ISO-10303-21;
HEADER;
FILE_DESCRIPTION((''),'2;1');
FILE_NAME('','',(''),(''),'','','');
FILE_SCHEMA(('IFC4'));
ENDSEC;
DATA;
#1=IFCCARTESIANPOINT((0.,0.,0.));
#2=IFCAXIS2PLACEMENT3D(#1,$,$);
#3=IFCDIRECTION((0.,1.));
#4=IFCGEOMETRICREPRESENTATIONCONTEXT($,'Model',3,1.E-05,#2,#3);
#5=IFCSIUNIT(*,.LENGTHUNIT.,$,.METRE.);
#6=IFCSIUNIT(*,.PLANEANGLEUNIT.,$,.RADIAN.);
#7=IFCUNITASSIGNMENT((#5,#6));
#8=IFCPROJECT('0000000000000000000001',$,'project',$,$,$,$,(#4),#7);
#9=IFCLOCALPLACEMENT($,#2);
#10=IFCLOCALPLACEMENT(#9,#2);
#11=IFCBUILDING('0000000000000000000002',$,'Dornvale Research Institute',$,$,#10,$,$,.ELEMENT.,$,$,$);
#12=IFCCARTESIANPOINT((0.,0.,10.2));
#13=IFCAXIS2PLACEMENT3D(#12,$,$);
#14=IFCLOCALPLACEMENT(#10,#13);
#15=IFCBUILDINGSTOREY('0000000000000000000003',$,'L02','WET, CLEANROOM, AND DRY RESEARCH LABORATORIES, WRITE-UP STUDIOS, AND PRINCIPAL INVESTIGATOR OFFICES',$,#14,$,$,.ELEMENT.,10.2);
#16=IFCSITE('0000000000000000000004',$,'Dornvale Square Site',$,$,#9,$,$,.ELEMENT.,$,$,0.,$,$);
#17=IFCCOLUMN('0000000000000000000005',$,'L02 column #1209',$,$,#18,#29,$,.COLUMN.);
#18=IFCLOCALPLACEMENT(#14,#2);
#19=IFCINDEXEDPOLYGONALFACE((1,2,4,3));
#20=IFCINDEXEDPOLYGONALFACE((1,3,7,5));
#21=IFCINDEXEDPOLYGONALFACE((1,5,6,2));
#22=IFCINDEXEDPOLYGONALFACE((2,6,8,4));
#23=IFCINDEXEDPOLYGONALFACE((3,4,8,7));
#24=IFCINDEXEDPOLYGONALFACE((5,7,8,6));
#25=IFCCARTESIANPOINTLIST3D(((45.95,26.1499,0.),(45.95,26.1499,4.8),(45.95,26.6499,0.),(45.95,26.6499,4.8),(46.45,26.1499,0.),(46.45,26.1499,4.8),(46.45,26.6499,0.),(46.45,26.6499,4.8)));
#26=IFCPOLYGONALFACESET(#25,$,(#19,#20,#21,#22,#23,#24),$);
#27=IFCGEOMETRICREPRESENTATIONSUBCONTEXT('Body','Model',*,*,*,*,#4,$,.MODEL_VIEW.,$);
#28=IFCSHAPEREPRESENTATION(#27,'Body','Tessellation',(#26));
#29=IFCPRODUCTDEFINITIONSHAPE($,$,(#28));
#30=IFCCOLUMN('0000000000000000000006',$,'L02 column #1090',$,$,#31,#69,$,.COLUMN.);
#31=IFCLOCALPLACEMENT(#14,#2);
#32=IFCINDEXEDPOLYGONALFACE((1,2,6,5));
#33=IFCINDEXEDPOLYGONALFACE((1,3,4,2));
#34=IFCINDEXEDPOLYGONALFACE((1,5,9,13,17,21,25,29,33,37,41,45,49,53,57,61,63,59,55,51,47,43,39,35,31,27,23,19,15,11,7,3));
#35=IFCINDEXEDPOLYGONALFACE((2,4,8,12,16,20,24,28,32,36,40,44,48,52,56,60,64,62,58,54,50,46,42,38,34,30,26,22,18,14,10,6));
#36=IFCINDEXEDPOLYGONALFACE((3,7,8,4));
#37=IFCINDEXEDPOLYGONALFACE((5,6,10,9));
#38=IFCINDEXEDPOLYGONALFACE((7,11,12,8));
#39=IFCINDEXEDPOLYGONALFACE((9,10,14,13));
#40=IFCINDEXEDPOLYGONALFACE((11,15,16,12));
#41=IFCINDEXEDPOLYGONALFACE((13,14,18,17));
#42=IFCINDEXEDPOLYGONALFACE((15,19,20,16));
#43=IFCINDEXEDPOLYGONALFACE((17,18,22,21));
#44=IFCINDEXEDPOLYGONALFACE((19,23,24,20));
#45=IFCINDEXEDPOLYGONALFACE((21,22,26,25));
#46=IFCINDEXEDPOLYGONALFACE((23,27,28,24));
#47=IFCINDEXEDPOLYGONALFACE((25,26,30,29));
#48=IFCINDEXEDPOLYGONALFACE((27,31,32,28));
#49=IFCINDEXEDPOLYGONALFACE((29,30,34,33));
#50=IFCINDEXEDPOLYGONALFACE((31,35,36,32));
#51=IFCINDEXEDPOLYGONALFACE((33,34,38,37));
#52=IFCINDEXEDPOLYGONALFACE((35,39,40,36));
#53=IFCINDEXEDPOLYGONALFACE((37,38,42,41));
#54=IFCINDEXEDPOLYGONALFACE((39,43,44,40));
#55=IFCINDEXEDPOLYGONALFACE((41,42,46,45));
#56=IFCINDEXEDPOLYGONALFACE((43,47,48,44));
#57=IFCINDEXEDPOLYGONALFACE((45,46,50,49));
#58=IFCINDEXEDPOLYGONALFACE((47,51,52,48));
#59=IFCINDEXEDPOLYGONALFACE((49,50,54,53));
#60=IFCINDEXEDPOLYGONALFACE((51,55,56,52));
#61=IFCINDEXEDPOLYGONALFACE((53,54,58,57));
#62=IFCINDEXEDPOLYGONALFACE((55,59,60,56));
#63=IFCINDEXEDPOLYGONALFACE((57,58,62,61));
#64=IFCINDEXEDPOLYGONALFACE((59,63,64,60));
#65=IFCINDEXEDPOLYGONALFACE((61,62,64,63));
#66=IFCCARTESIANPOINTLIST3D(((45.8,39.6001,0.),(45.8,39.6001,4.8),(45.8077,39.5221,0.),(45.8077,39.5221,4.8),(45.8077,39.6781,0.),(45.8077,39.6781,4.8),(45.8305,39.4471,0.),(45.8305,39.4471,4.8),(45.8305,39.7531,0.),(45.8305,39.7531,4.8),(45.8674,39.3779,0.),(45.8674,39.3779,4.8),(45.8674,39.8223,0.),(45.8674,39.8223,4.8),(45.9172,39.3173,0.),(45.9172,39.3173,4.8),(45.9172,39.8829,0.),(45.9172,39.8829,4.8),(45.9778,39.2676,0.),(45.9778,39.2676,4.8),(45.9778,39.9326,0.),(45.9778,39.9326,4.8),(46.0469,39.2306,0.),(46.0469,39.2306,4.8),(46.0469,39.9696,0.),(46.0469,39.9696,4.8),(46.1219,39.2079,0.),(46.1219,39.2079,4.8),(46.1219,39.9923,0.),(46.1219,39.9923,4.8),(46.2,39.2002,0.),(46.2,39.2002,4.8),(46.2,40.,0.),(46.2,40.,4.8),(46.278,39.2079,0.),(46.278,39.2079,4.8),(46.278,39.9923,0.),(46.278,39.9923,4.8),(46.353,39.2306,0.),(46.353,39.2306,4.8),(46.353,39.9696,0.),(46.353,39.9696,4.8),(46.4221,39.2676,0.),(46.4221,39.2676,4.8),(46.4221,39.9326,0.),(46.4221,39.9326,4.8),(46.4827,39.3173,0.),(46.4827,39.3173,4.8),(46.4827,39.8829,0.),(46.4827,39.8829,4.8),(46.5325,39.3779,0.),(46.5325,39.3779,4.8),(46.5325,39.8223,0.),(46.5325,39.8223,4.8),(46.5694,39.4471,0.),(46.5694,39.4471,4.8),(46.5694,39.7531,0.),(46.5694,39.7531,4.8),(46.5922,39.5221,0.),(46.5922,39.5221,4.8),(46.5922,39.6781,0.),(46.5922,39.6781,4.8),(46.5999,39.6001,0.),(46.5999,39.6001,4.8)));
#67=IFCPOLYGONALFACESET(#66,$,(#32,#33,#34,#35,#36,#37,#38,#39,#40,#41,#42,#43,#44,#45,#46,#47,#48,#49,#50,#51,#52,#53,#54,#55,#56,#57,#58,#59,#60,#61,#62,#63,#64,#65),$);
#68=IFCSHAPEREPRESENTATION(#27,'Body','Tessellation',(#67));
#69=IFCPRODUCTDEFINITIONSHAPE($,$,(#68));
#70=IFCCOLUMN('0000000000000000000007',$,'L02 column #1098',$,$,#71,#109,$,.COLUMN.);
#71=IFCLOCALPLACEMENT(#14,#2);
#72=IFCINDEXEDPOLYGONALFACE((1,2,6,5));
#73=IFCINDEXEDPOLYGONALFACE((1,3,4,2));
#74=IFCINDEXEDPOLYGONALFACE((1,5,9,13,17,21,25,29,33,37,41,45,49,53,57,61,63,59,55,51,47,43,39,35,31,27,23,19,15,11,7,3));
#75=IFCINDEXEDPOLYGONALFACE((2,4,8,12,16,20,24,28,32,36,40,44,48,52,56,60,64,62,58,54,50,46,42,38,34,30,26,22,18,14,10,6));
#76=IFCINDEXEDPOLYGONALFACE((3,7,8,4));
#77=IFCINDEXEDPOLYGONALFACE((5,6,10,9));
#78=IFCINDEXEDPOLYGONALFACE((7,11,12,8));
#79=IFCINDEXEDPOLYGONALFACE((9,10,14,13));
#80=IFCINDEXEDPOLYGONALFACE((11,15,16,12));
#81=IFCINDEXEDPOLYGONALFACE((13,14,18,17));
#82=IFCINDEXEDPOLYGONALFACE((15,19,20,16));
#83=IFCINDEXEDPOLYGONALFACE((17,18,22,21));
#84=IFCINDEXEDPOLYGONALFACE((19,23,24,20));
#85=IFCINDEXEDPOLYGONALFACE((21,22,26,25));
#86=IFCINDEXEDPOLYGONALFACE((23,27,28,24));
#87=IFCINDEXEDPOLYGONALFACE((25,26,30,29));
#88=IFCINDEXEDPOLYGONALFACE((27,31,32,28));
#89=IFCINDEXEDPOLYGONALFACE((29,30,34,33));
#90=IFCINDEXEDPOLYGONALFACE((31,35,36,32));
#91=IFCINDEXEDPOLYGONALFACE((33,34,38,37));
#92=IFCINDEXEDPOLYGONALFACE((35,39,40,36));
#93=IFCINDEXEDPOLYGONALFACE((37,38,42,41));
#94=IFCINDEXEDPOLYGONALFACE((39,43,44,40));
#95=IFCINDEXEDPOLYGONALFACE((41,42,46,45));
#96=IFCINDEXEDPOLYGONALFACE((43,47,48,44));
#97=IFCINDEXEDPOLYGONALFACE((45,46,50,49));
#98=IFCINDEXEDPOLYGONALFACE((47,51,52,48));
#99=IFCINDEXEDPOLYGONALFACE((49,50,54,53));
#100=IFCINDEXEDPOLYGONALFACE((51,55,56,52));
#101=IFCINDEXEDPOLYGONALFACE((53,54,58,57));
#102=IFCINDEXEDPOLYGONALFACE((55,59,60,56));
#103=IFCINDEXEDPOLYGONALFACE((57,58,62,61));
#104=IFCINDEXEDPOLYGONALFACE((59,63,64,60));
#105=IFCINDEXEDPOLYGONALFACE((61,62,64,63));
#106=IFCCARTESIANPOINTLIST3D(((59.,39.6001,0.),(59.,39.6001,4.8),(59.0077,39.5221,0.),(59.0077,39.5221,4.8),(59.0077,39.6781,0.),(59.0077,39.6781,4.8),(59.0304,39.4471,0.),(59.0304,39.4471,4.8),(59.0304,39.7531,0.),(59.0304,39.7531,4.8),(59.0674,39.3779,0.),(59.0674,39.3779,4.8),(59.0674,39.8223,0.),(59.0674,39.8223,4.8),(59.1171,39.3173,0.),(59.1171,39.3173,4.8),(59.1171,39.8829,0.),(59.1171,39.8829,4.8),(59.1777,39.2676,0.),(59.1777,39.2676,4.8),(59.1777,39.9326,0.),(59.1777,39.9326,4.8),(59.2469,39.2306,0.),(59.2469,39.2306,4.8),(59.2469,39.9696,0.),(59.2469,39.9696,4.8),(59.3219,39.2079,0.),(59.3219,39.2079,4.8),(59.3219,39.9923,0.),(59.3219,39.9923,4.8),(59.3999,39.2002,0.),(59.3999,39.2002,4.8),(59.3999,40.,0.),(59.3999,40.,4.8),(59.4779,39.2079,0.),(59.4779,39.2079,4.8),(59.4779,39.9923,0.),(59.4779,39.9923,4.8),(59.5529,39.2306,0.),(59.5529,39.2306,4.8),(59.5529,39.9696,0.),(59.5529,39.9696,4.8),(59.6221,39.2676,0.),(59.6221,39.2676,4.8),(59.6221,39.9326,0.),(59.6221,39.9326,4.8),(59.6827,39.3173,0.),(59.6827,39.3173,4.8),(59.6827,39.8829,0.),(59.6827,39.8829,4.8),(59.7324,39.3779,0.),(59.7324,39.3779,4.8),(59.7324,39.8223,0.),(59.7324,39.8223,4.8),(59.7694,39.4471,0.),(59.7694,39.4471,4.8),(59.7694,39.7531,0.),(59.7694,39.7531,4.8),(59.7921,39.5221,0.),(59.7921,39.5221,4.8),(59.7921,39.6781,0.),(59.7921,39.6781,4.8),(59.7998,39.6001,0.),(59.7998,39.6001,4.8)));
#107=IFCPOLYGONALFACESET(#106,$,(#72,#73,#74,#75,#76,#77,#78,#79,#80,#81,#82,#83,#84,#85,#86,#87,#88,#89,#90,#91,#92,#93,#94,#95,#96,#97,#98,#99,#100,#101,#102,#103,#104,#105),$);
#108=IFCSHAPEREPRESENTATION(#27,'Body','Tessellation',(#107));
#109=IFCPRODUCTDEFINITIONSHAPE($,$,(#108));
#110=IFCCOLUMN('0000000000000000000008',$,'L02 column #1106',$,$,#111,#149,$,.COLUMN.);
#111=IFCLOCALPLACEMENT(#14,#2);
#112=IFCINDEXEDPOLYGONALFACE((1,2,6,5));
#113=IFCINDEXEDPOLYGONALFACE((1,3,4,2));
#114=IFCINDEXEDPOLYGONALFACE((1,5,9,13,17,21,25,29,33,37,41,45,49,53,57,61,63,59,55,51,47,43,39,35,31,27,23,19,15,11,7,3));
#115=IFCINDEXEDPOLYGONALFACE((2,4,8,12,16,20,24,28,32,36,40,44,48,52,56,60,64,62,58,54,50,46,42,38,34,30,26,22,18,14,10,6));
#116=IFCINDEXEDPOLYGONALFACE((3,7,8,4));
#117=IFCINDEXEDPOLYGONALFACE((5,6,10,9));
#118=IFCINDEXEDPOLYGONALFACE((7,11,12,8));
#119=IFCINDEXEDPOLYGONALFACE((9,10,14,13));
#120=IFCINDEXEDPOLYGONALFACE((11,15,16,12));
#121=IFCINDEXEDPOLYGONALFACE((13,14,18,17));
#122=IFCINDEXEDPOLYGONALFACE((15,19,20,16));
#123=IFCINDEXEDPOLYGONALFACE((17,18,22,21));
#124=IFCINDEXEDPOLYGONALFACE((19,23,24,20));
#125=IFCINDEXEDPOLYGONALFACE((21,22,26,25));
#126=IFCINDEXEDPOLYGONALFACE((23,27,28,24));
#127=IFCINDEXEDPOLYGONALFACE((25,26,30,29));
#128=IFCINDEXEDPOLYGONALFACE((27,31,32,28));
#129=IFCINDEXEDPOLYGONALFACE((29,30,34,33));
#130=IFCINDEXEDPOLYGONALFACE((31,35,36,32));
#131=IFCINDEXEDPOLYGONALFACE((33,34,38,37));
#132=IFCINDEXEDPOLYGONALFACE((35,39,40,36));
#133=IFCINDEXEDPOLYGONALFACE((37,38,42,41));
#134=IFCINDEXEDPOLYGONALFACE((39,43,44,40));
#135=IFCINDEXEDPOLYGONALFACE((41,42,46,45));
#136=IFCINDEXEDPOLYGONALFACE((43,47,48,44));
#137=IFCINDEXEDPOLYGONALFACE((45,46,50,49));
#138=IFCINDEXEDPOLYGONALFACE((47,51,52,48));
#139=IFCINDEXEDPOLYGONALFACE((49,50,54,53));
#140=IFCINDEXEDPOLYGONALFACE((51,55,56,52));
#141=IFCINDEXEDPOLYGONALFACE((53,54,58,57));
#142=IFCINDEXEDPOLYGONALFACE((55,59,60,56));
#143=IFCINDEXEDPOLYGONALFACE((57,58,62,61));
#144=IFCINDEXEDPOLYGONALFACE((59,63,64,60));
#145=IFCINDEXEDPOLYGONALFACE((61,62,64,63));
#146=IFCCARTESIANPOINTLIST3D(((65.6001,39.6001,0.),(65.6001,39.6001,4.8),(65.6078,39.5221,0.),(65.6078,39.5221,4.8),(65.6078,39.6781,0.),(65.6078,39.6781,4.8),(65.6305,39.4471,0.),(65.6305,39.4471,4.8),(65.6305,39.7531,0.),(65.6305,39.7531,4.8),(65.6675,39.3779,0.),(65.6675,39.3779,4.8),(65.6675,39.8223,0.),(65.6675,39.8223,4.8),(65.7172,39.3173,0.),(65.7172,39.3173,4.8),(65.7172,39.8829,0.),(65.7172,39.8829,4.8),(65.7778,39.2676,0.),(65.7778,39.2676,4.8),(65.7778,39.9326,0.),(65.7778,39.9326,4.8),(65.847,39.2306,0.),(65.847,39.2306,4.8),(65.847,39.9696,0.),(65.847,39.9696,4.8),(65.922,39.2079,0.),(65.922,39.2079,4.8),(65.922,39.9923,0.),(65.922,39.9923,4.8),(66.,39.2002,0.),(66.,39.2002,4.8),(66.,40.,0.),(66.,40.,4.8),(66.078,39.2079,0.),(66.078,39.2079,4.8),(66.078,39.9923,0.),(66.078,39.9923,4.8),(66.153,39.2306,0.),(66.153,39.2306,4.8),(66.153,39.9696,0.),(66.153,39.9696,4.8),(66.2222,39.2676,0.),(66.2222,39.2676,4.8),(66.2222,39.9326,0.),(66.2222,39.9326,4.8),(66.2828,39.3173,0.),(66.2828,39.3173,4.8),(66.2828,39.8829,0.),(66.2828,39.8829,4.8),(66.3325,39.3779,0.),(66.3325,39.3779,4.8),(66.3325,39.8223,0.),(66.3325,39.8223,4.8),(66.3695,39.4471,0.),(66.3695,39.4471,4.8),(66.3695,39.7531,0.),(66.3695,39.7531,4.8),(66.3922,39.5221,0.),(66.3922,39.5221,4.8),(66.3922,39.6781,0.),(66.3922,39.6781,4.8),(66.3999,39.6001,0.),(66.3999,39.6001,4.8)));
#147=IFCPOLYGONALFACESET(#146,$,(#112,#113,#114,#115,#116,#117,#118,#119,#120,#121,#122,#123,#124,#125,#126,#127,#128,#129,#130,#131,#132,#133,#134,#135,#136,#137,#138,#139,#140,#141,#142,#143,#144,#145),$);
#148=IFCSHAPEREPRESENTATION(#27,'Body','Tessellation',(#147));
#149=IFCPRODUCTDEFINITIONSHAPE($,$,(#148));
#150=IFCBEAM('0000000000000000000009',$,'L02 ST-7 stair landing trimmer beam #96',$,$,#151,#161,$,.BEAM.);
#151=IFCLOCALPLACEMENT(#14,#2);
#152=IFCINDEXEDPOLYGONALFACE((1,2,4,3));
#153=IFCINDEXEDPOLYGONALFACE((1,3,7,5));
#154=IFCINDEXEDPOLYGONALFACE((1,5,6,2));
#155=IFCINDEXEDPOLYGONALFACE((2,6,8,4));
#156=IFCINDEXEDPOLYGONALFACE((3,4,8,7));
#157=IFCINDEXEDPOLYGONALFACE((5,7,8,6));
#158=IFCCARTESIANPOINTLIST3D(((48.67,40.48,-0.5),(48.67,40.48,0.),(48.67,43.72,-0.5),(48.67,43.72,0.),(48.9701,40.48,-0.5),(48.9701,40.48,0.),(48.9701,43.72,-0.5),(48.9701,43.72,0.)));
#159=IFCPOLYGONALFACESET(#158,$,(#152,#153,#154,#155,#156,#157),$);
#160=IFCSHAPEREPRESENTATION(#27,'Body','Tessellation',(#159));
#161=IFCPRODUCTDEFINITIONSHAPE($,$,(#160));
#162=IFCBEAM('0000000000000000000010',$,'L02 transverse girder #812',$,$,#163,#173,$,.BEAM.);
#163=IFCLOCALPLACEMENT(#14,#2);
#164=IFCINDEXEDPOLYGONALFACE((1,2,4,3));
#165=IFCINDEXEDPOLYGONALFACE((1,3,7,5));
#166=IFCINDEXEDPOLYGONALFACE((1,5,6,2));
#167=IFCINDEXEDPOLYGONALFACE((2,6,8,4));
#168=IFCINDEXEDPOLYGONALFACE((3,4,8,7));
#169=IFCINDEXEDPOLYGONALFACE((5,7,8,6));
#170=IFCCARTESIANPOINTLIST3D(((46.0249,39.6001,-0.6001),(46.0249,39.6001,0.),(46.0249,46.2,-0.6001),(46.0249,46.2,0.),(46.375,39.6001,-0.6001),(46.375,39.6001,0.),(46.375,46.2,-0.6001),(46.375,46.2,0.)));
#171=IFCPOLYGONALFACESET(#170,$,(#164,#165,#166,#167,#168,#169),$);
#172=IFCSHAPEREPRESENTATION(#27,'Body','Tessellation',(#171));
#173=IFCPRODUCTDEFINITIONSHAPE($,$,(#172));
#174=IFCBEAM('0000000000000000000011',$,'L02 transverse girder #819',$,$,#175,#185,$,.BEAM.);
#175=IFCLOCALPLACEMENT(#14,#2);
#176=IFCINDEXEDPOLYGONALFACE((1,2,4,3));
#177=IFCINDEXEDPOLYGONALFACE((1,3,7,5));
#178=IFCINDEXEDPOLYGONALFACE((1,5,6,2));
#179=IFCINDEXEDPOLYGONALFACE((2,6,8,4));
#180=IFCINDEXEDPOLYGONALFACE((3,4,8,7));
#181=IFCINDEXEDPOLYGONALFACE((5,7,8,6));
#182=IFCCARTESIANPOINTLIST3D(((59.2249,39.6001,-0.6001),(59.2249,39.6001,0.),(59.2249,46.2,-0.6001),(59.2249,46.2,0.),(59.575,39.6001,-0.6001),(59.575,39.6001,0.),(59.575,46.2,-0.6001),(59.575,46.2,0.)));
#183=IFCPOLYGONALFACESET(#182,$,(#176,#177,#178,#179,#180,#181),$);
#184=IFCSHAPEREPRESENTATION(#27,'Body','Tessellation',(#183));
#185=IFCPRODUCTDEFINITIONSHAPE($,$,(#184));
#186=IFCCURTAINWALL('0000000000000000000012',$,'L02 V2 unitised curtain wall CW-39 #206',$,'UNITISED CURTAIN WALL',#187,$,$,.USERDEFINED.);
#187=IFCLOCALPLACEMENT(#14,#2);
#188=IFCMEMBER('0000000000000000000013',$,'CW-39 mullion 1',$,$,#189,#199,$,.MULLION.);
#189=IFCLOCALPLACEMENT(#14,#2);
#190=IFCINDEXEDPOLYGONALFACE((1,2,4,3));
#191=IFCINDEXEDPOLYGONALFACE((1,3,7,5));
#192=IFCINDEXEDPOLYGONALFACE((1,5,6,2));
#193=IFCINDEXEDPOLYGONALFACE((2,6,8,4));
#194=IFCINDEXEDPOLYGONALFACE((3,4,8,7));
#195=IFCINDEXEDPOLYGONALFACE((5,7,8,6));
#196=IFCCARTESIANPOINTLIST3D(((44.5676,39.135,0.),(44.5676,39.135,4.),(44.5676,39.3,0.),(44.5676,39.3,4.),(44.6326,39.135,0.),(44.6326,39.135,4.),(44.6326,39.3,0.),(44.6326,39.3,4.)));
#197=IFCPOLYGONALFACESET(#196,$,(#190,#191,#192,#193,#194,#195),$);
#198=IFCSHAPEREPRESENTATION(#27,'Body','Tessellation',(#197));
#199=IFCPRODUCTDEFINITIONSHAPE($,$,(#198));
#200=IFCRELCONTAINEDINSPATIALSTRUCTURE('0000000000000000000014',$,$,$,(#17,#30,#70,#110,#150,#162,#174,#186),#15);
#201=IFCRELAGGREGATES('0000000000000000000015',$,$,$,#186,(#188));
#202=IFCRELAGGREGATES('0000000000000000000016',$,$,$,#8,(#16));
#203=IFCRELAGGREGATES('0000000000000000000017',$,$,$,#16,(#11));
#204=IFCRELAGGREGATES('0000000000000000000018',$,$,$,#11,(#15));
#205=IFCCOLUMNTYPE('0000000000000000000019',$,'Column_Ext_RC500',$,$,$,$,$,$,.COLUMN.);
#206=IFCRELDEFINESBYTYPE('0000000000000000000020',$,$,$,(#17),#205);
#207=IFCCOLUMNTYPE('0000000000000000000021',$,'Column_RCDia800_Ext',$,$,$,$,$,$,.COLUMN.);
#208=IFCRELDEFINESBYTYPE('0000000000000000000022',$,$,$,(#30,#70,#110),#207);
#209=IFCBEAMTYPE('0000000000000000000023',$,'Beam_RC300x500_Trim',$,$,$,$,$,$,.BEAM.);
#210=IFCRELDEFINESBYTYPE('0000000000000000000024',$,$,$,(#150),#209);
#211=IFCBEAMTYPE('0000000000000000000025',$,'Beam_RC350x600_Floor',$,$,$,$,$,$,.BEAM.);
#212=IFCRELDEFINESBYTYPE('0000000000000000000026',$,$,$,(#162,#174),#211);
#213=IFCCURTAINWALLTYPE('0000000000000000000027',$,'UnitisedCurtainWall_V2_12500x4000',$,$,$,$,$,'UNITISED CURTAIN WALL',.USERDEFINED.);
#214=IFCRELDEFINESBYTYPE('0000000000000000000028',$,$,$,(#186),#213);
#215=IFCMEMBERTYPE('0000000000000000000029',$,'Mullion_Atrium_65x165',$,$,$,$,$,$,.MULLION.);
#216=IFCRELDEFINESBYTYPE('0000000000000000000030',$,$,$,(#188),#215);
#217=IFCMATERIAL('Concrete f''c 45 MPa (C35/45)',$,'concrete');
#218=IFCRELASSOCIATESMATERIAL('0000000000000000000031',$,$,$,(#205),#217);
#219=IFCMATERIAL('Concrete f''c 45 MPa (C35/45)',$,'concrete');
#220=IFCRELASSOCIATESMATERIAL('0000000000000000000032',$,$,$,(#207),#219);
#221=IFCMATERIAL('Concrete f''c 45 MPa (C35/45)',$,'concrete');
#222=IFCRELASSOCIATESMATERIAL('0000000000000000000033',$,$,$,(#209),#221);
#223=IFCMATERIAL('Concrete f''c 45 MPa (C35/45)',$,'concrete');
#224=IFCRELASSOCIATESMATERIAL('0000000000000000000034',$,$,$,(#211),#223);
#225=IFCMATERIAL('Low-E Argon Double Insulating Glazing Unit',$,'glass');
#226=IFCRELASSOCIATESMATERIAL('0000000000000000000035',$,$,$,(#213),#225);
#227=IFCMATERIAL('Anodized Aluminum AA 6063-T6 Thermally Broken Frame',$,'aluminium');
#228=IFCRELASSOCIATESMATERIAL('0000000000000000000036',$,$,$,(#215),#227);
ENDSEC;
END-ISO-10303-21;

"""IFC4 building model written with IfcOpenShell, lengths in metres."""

from ifc_helpers import new_model, si_unit, direction, frame, origin, origin_2d, place, context, subcontext, project, spatial, rectangle, circle, extrude, material, material_profile, profile_set, type_object, element, aggregate, save


model = new_model("IFC4")

# Units and contexts
model_context = context("Model", 3, precision=1e-05, world=origin(), true_north=direction((0.0, 1.0)))
body_context = subcontext(model_context, "Body", "Model", "MODEL_VIEW")
ifc_project = project(units=[si_unit("LENGTHUNIT", "METRE"), si_unit("PLANEANGLEUNIT", "RADIAN")], contexts=[model_context])

# Site, building, storey
site_placement = place(None, origin())
site = spatial("IfcSite", under=ifc_project, at=site_placement, Name="Dornvale Square Site", CompositionType="ELEMENT", RefElevation=0.0)
building_placement = place(site_placement, origin())
building = spatial("IfcBuilding", under=site, at=building_placement, Name="Dornvale Research Institute", CompositionType="ELEMENT")
storey_placement = place(building_placement, frame((0.0, 0.0, 10.2)))
storey = spatial("IfcBuildingStorey", under=building, at=storey_placement, Name="L02", Description="WET, CLEANROOM, AND DRY RESEARCH LABORATORIES, WRITE-UP STUDIOS, AND PRINCIPAL INVESTIGATOR OFFICES", CompositionType="ELEMENT", Elevation=10.2)

# Columns
ifc_material_1 = material(Name="Concrete f'c 45 MPa (C35/45)", Category="concrete")
ifc_material_profile_1 = material_profile(ifc_material_1, rectangle(XDim=0.5, YDim=0.5, at=origin_2d()), Name="RC 500x500")
ifc_profile_set_1 = profile_set([ifc_material_profile_1], Name="Concrete f'c 45 MPa (C35/45)")
column_type_1 = type_object("IfcColumnType", Name="Column_Ext_RC500", PredefinedType="COLUMN", material=ifc_profile_set_1)
column_placement = place(storey_placement, frame((46.2, 26.3999, 0.0), z_axis=(0.0, 0.0, 1.0), x_axis=(1.0, 0.0, 0.0)))
element("IfcColumn", 1, at=column_placement, inside=storey, type_object=column_type_1, Name="L02 column #1209", PredefinedType="COLUMN", context=body_context, shape_type="SweptSolid", body=[
    extrude(rectangle(XDim=0.5, YDim=0.5, at=origin_2d()), origin(), (0.0, 0.0, 1.0), 4.8),
])
ifc_material_2 = material(Name="Concrete f'c 45 MPa (C35/45)", Category="concrete")
ifc_material_profile_2 = material_profile(ifc_material_2, circle(Radius=0.3999, at=origin_2d()), Name="RC DIA 800")
ifc_profile_set_2 = profile_set([ifc_material_profile_2], Name="Concrete f'c 45 MPa (C35/45)")
column_type_2 = type_object("IfcColumnType", Name="Column_RCDia800_Ext", PredefinedType="COLUMN", material=ifc_profile_set_2)
for number, where, z_axis, x_axis, name in (
    (2, (46.2, 39.6001, 0.0), (0.0, 0.0, 1.0), (1.0, 0.0, 0.0), "L02 column #1090"),
    (3, (59.3999, 39.6001, 0.0), (0.0, 0.0, 1.0), (1.0, 0.0, 0.0), "L02 column #1098"),
    (4, (66.0, 39.6001, 0.0), (0.0, 0.0, 1.0), (1.0, 0.0, 0.0), "L02 column #1106"),
):
    element("IfcColumn", number, at=place(storey_placement, frame(where, z_axis=z_axis, x_axis=x_axis)), inside=storey, type_object=column_type_2, Name=name, PredefinedType="COLUMN", context=body_context, shape_type="SweptSolid", body=[
        extrude(circle(Radius=0.3999, at=origin_2d()), origin(), (0.0, 0.0, 1.0), 4.8),
    ])

# Beams
ifc_material_3 = material(Name="Concrete f'c 45 MPa (C35/45)", Category="concrete")
ifc_material_profile_3 = material_profile(ifc_material_3, rectangle(XDim=0.3, YDim=0.5, at=origin_2d()), Name="RC 300x500")
ifc_profile_set_3 = profile_set([ifc_material_profile_3], Name="Concrete f'c 45 MPa (C35/45)")
beam_type_1 = type_object("IfcBeamType", Name="Beam_RC300x500_Trim", PredefinedType="BEAM", material=ifc_profile_set_3)
beam_1_placement = place(storey_placement, frame((48.8201, 40.48, -0.25), z_axis=(0.0, 1.0, 0.0), x_axis=(-1.0, 0.0, 0.0)))
element("IfcBeam", 5, at=beam_1_placement, inside=storey, type_object=beam_type_1, Name="L02 ST-7 stair landing trimmer beam #96", PredefinedType="BEAM", context=body_context, shape_type="SweptSolid", body=[
    extrude(rectangle(XDim=0.3, YDim=0.5, at=origin_2d()), origin(), (0.0, 0.0, 1.0), 3.24),
])
ifc_material_4 = material(Name="Concrete f'c 45 MPa (C35/45)", Category="concrete")
ifc_material_profile_4 = material_profile(ifc_material_4, rectangle(XDim=0.3501, YDim=0.6001, at=origin_2d()), Name="RC 350x600")
ifc_profile_set_4 = profile_set([ifc_material_profile_4], Name="Concrete f'c 45 MPa (C35/45)")
beam_type_2 = type_object("IfcBeamType", Name="Beam_RC350x600_Floor", PredefinedType="BEAM", material=ifc_profile_set_4)
for number, where, z_axis, x_axis, name in (
    (6, (46.2, 39.6001, -0.3), (0.0, 1.0, 0.0), (-1.0, 0.0, 0.0), "L02 transverse girder #812"),
    (7, (59.3999, 39.6001, -0.3), (0.0, 1.0, 0.0), (-1.0, 0.0, 0.0), "L02 transverse girder #819"),
):
    element("IfcBeam", number, at=place(storey_placement, frame(where, z_axis=z_axis, x_axis=x_axis)), inside=storey, type_object=beam_type_2, Name=name, PredefinedType="BEAM", context=body_context, shape_type="SweptSolid", body=[
        extrude(rectangle(XDim=0.3501, YDim=0.6001, at=origin_2d()), origin(), (0.0, 0.0, 1.0), 6.5999),
    ])

# Curtain wall, member
ifc_material_5 = material(Name="Low-E Argon Double Insulating Glazing Unit", Category="glass")
curtain_wall_type = type_object("IfcCurtainWallType", Name="UnitisedCurtainWall_V2_12500x4000", ElementType="UNITISED CURTAIN WALL", PredefinedType="USERDEFINED", material=ifc_material_5)
curtain_wall_placement = place(storey_placement, origin())
curtain_wall = element("IfcCurtainWall", 8, at=curtain_wall_placement, inside=storey, type_object=curtain_wall_type, Name="L02 V2 unitised curtain wall CW-39 #206", ObjectType="UNITISED CURTAIN WALL", PredefinedType="USERDEFINED")
ifc_material_6 = material(Name="Anodized Aluminum AA 6063-T6 Thermally Broken Frame", Category="aluminium")
ifc_material_profile_5 = material_profile(ifc_material_6, rectangle(XDim=0.0649, YDim=0.165, at=origin_2d()), Name="ALU MULLION 65x165")
ifc_profile_set_5 = profile_set([ifc_material_profile_5], Name="Anodized Aluminum AA 6063-T6 Thermally Broken Frame")
member_type_1 = type_object("IfcMemberType", Name="Mullion_Atrium_65x165", PredefinedType="MULLION", material=ifc_profile_set_5)
member_1_placement = place(storey_placement, frame((44.6001, 39.2175, 0.0), z_axis=(0.0, 0.0, 1.0), x_axis=(1.0, 0.0, 0.0)))
member_1 = element("IfcMember", 9, at=member_1_placement, type_object=member_type_1, Name="CW-39 mullion 1", PredefinedType="MULLION", context=body_context, shape_type="SweptSolid", body=[
    extrude(rectangle(XDim=0.0649, YDim=0.165, at=origin_2d()), origin(), (0.0, 0.0, 1.0), 4.0),
])

aggregate(curtain_wall, [member_1])

save(model, "model.ifc")
